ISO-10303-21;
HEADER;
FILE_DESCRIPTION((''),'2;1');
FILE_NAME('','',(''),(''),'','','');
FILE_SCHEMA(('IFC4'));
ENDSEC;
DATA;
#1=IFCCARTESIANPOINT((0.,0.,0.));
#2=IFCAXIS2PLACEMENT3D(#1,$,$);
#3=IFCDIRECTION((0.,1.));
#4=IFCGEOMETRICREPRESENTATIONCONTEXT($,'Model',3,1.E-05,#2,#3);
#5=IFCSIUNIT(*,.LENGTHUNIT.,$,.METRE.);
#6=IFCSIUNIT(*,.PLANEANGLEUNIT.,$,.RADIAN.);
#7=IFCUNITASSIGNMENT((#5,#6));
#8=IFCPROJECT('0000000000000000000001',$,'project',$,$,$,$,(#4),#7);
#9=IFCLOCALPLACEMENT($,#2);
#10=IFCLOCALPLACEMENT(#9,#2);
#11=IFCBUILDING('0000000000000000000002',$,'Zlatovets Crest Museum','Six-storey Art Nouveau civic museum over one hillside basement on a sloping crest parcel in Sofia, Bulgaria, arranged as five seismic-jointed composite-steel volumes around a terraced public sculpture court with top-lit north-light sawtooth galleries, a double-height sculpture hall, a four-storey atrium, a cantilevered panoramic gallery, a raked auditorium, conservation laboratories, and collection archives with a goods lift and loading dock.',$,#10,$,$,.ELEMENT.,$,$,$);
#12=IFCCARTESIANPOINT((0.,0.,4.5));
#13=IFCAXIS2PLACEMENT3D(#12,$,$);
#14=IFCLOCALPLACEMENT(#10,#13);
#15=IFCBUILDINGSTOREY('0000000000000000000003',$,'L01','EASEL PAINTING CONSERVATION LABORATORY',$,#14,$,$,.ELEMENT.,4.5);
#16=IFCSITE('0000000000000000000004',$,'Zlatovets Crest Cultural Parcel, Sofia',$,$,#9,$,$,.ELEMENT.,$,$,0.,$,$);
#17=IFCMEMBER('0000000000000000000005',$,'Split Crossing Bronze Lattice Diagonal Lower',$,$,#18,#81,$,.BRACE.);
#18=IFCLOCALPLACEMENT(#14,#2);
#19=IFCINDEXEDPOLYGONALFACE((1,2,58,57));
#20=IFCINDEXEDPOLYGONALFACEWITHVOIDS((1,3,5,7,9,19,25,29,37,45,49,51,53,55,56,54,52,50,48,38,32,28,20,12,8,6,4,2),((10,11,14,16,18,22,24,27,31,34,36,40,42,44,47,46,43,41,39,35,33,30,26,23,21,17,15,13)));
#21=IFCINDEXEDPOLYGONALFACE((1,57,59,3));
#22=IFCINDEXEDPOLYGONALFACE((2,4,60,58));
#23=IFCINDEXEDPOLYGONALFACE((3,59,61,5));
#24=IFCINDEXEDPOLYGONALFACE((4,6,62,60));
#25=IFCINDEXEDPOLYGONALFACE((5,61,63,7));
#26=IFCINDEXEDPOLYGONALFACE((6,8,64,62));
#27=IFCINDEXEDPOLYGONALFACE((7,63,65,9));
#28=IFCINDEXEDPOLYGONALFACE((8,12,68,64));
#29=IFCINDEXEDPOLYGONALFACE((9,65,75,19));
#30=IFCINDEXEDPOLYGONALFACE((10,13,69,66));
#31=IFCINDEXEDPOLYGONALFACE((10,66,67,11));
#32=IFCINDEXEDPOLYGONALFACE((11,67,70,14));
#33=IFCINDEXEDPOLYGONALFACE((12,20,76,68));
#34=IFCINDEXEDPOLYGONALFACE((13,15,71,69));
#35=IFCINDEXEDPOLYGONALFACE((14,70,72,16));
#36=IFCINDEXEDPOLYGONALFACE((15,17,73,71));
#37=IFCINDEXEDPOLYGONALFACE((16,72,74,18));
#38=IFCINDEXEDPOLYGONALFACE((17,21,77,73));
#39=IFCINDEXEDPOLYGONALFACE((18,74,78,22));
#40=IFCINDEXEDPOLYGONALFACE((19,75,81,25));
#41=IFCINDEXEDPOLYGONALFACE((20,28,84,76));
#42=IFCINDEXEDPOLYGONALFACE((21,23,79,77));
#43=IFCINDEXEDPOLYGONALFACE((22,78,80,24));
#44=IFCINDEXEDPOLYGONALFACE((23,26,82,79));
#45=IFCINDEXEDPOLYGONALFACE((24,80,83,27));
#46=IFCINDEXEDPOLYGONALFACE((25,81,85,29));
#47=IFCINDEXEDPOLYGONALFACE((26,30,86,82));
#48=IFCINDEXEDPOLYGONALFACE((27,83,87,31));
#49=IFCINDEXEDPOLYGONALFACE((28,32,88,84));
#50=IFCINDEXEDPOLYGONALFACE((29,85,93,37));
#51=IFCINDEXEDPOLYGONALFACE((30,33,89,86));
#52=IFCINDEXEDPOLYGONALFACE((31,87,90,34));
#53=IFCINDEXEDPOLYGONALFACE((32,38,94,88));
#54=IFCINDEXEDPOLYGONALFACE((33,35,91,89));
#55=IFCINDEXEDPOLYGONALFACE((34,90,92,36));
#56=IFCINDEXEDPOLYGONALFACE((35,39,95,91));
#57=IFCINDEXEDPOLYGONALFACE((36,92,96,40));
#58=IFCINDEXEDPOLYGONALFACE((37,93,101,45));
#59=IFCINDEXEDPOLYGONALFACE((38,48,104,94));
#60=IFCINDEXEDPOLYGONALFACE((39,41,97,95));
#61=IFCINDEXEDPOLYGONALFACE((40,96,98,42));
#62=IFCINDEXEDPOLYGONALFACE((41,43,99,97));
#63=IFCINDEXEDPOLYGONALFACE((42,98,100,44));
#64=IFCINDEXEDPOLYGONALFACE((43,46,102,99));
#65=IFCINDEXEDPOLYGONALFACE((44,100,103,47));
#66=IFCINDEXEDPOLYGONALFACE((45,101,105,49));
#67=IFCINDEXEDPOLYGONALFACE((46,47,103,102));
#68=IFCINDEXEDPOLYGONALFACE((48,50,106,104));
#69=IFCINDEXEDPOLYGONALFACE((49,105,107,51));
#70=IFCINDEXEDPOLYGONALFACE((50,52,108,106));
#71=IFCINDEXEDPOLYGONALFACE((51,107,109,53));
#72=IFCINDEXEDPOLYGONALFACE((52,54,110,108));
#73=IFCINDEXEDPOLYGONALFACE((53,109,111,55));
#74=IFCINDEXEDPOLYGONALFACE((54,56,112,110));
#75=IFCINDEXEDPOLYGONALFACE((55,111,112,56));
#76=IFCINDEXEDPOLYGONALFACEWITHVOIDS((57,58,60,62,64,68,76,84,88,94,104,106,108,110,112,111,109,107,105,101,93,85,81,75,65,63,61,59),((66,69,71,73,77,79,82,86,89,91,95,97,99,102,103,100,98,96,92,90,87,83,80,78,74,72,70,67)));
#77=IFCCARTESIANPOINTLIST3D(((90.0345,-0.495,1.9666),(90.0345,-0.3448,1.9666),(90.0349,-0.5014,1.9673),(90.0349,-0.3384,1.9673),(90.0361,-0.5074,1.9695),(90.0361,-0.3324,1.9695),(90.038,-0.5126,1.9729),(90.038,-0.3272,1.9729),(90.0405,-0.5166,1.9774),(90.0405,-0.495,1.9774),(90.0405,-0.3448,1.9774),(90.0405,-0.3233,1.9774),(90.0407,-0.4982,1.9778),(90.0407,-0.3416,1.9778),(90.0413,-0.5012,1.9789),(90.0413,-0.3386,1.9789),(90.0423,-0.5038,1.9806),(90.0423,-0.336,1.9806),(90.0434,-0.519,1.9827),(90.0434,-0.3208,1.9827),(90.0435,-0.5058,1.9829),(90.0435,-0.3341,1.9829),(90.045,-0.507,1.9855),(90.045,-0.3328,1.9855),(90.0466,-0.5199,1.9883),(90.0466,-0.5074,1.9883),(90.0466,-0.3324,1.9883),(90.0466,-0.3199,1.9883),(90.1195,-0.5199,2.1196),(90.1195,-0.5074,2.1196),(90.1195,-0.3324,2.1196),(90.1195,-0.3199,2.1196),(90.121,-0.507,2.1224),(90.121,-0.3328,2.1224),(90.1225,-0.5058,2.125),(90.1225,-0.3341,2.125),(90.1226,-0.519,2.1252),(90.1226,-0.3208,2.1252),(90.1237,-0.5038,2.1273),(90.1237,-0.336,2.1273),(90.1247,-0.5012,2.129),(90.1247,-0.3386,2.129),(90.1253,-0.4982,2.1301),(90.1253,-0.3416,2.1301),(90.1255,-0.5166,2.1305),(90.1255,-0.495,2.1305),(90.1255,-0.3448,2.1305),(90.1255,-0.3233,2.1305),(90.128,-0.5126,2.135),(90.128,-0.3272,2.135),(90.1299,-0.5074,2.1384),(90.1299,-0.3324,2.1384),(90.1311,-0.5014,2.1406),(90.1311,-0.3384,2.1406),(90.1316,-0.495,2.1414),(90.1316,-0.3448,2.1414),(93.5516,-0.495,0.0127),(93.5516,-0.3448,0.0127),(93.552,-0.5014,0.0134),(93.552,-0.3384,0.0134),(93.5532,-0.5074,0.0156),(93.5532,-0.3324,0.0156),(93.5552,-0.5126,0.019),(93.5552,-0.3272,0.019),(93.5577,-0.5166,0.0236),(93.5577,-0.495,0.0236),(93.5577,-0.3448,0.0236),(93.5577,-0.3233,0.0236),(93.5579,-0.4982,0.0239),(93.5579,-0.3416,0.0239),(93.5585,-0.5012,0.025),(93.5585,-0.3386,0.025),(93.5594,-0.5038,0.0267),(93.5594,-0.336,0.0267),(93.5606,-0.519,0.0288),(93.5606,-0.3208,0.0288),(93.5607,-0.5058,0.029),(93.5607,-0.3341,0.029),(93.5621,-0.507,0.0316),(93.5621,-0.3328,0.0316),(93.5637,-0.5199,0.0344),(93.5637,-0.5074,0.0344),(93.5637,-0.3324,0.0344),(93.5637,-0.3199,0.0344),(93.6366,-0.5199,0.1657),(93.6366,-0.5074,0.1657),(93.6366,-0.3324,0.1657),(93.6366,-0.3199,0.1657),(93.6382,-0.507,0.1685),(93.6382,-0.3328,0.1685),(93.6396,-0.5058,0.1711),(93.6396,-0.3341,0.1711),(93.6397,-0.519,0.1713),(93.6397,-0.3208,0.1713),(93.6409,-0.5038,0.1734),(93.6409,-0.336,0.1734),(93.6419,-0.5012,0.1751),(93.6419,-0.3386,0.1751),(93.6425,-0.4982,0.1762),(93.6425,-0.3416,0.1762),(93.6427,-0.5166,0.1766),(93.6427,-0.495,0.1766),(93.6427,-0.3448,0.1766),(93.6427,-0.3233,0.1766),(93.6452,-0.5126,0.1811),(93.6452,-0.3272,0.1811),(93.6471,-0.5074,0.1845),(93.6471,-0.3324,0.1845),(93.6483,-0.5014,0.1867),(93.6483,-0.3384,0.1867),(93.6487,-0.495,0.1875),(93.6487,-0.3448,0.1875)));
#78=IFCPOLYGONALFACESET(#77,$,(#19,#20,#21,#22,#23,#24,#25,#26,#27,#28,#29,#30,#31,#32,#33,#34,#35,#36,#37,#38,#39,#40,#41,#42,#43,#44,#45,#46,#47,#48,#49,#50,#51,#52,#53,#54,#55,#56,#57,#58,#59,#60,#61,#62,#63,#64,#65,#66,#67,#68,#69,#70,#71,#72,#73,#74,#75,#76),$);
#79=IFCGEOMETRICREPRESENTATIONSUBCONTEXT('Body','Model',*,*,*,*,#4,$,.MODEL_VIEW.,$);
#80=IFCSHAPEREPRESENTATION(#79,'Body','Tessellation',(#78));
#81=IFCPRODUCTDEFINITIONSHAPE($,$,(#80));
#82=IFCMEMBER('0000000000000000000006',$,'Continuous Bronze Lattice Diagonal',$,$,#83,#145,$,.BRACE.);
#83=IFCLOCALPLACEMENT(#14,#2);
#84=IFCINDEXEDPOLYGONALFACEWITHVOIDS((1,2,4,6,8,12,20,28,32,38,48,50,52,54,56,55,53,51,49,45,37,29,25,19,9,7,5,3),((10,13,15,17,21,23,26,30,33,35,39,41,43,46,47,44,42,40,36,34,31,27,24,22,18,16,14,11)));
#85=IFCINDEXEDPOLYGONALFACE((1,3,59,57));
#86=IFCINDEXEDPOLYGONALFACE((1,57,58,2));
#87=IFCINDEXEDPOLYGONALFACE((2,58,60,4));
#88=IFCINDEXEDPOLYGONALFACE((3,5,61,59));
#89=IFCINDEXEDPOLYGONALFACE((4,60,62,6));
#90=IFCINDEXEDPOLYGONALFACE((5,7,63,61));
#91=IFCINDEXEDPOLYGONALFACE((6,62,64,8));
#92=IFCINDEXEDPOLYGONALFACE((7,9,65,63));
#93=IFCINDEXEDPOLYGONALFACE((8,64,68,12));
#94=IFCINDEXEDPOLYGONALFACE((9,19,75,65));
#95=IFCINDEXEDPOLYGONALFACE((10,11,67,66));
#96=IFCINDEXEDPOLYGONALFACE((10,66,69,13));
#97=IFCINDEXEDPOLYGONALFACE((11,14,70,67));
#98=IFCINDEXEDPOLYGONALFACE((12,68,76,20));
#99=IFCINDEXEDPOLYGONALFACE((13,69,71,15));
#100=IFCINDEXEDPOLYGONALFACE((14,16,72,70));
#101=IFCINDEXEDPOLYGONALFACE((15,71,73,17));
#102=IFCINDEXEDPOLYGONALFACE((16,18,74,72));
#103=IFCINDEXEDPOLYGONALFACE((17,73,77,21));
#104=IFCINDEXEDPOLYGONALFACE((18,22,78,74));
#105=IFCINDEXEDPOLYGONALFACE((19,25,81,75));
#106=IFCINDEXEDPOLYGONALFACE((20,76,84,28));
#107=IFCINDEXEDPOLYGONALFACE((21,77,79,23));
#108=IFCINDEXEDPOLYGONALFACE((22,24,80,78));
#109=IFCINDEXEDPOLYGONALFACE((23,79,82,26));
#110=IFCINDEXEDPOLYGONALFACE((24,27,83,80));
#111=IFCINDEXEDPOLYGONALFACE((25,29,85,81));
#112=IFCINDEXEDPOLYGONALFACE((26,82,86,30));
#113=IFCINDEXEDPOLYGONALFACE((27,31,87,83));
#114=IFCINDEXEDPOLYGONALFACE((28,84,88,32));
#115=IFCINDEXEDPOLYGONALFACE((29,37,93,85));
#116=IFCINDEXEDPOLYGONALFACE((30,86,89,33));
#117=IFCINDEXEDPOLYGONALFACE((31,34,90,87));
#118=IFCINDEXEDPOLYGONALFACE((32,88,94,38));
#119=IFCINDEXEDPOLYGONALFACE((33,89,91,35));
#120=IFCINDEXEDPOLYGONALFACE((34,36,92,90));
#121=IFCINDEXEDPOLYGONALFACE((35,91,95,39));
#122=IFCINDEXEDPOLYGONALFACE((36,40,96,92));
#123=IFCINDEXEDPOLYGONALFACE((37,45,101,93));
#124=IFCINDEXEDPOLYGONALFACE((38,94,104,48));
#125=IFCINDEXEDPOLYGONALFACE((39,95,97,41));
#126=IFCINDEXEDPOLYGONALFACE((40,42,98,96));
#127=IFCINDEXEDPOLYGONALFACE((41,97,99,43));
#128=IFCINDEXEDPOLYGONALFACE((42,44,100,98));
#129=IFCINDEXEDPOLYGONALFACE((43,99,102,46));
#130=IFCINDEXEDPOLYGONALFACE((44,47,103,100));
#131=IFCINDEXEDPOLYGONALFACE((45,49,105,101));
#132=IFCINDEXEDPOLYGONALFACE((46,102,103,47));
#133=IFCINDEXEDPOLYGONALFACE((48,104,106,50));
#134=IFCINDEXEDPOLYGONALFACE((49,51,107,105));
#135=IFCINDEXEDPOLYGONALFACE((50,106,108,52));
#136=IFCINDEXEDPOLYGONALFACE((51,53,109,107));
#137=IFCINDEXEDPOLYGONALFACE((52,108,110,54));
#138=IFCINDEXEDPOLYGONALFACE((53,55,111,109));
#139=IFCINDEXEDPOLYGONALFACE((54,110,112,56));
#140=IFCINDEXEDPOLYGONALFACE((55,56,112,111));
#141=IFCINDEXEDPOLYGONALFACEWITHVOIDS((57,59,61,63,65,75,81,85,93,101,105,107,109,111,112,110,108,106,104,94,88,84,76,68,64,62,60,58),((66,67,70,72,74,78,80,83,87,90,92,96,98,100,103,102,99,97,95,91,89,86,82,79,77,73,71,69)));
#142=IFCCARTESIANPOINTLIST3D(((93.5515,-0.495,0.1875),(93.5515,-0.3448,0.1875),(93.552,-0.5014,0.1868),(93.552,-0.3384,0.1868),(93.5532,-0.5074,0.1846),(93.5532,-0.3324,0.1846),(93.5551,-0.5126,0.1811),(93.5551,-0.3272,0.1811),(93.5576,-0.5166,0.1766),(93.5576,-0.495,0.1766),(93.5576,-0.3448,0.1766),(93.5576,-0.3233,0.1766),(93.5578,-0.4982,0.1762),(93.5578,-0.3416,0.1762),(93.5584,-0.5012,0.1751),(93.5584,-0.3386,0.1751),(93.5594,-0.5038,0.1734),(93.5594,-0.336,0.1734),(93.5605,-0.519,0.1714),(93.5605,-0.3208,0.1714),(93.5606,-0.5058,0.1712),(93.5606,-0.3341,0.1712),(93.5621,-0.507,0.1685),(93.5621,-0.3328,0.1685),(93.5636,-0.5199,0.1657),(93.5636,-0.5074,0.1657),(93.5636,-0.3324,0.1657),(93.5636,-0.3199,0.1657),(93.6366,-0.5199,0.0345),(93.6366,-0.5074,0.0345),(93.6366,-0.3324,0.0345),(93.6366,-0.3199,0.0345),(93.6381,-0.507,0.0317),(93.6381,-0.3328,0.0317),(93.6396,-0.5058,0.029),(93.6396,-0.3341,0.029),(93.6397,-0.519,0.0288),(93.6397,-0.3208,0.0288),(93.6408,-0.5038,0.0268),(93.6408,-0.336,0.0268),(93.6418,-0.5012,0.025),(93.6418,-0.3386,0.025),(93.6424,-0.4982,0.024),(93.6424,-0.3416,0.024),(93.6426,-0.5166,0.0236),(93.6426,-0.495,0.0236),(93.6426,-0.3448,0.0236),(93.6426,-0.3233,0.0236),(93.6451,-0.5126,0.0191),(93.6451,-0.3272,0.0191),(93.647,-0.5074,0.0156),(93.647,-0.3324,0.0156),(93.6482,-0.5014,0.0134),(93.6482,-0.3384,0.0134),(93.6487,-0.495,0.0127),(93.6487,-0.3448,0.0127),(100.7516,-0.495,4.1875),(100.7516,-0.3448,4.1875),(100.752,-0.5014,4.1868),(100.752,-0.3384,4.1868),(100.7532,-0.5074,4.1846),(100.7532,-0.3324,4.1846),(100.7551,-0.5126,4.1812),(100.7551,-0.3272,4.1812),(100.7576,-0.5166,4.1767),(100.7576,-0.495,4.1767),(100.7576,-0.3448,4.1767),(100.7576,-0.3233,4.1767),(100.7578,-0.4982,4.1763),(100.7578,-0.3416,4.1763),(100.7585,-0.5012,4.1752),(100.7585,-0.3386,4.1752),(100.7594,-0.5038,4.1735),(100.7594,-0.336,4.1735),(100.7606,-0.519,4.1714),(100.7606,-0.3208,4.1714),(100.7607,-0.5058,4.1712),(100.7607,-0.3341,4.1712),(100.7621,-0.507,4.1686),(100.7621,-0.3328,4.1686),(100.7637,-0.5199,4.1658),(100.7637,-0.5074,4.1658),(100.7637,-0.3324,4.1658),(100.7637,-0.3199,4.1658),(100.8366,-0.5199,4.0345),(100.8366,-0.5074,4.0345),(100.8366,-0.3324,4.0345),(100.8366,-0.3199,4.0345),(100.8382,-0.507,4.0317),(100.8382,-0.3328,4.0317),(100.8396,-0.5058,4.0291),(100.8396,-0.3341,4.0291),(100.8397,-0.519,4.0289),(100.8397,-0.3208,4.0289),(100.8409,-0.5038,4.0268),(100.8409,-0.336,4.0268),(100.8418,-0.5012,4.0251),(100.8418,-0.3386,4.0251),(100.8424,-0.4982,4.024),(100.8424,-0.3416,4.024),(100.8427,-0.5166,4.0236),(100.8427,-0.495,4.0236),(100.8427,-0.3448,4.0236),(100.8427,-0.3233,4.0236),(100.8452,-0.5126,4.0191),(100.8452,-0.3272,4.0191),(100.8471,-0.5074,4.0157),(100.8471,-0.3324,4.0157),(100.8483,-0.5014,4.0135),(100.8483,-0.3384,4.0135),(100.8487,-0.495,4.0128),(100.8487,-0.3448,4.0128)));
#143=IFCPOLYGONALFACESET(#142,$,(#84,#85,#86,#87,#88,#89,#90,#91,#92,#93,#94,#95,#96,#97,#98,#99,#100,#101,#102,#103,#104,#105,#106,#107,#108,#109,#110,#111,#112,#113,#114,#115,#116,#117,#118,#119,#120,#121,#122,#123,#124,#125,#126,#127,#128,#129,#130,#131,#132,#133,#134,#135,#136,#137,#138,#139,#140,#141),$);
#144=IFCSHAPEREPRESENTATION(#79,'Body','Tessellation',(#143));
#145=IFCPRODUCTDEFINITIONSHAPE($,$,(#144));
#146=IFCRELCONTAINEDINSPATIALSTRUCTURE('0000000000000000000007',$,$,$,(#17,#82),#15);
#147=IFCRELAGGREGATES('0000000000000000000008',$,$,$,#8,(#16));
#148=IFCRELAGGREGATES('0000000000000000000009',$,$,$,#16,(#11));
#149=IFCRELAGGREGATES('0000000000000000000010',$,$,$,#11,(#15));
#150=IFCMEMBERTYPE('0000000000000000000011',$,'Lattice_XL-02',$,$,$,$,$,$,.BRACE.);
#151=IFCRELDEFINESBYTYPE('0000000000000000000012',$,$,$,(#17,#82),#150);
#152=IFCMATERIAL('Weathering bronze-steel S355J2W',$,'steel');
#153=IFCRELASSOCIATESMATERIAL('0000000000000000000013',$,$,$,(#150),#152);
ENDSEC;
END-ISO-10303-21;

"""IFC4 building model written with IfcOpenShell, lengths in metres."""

from ifc_helpers import new_model, si_unit, direction, frame, origin, origin_2d, place, context, subcontext, project, spatial, hollow_rectangle, extrude, material, material_profile, profile_set, type_object, element, save


model = new_model("IFC4")

# Units and contexts
model_context = context("Model", 3, precision=1e-05, world=origin(), true_north=direction((0.0, 1.0)))
body_context = subcontext(model_context, "Body", "Model", "MODEL_VIEW")
ifc_project = project(units=[si_unit("LENGTHUNIT", "METRE"), si_unit("PLANEANGLEUNIT", "RADIAN")], contexts=[model_context])

# Site, building, storey
site_placement = place(None, origin())
site = spatial("IfcSite", under=ifc_project, at=site_placement, Name="Zlatovets Crest Cultural Parcel, Sofia", CompositionType="ELEMENT", RefElevation=0.0)
building_placement = place(site_placement, origin())
building = spatial("IfcBuilding", under=site, at=building_placement, Name="Zlatovets Crest Museum", Description="Six-storey Art Nouveau civic museum over one hillside basement on a sloping crest parcel in Sofia, Bulgaria, arranged as five seismic-jointed composite-steel volumes around a terraced public sculpture court with top-lit north-light sawtooth galleries, a double-height sculpture hall, a four-storey atrium, a cantilevered panoramic gallery, a raked auditorium, conservation laboratories, and collection archives with a goods lift and loading dock.", CompositionType="ELEMENT")
storey_placement = place(building_placement, frame((0.0, 0.0, 4.5)))
storey = spatial("IfcBuildingStorey", under=building, at=storey_placement, Name="L01", Description="EASEL PAINTING CONSERVATION LABORATORY", CompositionType="ELEMENT", Elevation=4.5)

# Members
ifc_material_1 = material(Name="Weathering bronze-steel S355J2W", Category="steel")
ifc_material_profile_1 = material_profile(ifc_material_1, hollow_rectangle(XDim=0.2, YDim=0.2, WallThickness=0.0125, InnerFilletRadius=0.0125, OuterFilletRadius=0.0249, at=origin_2d()), Name="SHS 200x200x12.5")
ifc_profile_set_1 = profile_set([ifc_material_profile_1], Name="Weathering bronze-steel S355J2W")
member_type_1 = type_object("IfcMemberType", Name="Lattice_XL-02", PredefinedType="BRACE", material=ifc_profile_set_1)
member_1_placement = place(storey_placement, frame((90.083, -0.4199, 2.054), z_axis=(0.874166, 0.0, -0.485627), x_axis=(0.0, 1.0, 0.0)))
element("IfcMember", 1, at=member_1_placement, inside=storey, type_object=member_type_1, Name="Split Crossing Bronze Lattice Diagonal Lower", PredefinedType="BRACE", context=body_context, shape_type="SweptSolid", body=[
    extrude(hollow_rectangle(XDim=0.2, YDim=0.2, WallThickness=0.0125, InnerFilletRadius=0.0125, OuterFilletRadius=0.0249, at=origin_2d()), origin(), (0.0, 0.0, 1.0), 4.0234),
])
member_2_placement = place(storey_placement, frame((93.6001, -0.4199, 0.1001), z_axis=(0.874156, 0.0, 0.485645), x_axis=(0.0, 1.0, 0.0)))
element("IfcMember", 2, at=member_2_placement, inside=storey, type_object=member_type_1, Name="Continuous Bronze Lattice Diagonal", PredefinedType="BRACE", context=body_context, shape_type="SweptSolid", body=[
    extrude(hollow_rectangle(XDim=0.2, YDim=0.2, WallThickness=0.0125, InnerFilletRadius=0.0125, OuterFilletRadius=0.0249, at=origin_2d()), origin(), (0.0, 0.0, 1.0), 8.2366),
])

save(model, "model.ifc")
